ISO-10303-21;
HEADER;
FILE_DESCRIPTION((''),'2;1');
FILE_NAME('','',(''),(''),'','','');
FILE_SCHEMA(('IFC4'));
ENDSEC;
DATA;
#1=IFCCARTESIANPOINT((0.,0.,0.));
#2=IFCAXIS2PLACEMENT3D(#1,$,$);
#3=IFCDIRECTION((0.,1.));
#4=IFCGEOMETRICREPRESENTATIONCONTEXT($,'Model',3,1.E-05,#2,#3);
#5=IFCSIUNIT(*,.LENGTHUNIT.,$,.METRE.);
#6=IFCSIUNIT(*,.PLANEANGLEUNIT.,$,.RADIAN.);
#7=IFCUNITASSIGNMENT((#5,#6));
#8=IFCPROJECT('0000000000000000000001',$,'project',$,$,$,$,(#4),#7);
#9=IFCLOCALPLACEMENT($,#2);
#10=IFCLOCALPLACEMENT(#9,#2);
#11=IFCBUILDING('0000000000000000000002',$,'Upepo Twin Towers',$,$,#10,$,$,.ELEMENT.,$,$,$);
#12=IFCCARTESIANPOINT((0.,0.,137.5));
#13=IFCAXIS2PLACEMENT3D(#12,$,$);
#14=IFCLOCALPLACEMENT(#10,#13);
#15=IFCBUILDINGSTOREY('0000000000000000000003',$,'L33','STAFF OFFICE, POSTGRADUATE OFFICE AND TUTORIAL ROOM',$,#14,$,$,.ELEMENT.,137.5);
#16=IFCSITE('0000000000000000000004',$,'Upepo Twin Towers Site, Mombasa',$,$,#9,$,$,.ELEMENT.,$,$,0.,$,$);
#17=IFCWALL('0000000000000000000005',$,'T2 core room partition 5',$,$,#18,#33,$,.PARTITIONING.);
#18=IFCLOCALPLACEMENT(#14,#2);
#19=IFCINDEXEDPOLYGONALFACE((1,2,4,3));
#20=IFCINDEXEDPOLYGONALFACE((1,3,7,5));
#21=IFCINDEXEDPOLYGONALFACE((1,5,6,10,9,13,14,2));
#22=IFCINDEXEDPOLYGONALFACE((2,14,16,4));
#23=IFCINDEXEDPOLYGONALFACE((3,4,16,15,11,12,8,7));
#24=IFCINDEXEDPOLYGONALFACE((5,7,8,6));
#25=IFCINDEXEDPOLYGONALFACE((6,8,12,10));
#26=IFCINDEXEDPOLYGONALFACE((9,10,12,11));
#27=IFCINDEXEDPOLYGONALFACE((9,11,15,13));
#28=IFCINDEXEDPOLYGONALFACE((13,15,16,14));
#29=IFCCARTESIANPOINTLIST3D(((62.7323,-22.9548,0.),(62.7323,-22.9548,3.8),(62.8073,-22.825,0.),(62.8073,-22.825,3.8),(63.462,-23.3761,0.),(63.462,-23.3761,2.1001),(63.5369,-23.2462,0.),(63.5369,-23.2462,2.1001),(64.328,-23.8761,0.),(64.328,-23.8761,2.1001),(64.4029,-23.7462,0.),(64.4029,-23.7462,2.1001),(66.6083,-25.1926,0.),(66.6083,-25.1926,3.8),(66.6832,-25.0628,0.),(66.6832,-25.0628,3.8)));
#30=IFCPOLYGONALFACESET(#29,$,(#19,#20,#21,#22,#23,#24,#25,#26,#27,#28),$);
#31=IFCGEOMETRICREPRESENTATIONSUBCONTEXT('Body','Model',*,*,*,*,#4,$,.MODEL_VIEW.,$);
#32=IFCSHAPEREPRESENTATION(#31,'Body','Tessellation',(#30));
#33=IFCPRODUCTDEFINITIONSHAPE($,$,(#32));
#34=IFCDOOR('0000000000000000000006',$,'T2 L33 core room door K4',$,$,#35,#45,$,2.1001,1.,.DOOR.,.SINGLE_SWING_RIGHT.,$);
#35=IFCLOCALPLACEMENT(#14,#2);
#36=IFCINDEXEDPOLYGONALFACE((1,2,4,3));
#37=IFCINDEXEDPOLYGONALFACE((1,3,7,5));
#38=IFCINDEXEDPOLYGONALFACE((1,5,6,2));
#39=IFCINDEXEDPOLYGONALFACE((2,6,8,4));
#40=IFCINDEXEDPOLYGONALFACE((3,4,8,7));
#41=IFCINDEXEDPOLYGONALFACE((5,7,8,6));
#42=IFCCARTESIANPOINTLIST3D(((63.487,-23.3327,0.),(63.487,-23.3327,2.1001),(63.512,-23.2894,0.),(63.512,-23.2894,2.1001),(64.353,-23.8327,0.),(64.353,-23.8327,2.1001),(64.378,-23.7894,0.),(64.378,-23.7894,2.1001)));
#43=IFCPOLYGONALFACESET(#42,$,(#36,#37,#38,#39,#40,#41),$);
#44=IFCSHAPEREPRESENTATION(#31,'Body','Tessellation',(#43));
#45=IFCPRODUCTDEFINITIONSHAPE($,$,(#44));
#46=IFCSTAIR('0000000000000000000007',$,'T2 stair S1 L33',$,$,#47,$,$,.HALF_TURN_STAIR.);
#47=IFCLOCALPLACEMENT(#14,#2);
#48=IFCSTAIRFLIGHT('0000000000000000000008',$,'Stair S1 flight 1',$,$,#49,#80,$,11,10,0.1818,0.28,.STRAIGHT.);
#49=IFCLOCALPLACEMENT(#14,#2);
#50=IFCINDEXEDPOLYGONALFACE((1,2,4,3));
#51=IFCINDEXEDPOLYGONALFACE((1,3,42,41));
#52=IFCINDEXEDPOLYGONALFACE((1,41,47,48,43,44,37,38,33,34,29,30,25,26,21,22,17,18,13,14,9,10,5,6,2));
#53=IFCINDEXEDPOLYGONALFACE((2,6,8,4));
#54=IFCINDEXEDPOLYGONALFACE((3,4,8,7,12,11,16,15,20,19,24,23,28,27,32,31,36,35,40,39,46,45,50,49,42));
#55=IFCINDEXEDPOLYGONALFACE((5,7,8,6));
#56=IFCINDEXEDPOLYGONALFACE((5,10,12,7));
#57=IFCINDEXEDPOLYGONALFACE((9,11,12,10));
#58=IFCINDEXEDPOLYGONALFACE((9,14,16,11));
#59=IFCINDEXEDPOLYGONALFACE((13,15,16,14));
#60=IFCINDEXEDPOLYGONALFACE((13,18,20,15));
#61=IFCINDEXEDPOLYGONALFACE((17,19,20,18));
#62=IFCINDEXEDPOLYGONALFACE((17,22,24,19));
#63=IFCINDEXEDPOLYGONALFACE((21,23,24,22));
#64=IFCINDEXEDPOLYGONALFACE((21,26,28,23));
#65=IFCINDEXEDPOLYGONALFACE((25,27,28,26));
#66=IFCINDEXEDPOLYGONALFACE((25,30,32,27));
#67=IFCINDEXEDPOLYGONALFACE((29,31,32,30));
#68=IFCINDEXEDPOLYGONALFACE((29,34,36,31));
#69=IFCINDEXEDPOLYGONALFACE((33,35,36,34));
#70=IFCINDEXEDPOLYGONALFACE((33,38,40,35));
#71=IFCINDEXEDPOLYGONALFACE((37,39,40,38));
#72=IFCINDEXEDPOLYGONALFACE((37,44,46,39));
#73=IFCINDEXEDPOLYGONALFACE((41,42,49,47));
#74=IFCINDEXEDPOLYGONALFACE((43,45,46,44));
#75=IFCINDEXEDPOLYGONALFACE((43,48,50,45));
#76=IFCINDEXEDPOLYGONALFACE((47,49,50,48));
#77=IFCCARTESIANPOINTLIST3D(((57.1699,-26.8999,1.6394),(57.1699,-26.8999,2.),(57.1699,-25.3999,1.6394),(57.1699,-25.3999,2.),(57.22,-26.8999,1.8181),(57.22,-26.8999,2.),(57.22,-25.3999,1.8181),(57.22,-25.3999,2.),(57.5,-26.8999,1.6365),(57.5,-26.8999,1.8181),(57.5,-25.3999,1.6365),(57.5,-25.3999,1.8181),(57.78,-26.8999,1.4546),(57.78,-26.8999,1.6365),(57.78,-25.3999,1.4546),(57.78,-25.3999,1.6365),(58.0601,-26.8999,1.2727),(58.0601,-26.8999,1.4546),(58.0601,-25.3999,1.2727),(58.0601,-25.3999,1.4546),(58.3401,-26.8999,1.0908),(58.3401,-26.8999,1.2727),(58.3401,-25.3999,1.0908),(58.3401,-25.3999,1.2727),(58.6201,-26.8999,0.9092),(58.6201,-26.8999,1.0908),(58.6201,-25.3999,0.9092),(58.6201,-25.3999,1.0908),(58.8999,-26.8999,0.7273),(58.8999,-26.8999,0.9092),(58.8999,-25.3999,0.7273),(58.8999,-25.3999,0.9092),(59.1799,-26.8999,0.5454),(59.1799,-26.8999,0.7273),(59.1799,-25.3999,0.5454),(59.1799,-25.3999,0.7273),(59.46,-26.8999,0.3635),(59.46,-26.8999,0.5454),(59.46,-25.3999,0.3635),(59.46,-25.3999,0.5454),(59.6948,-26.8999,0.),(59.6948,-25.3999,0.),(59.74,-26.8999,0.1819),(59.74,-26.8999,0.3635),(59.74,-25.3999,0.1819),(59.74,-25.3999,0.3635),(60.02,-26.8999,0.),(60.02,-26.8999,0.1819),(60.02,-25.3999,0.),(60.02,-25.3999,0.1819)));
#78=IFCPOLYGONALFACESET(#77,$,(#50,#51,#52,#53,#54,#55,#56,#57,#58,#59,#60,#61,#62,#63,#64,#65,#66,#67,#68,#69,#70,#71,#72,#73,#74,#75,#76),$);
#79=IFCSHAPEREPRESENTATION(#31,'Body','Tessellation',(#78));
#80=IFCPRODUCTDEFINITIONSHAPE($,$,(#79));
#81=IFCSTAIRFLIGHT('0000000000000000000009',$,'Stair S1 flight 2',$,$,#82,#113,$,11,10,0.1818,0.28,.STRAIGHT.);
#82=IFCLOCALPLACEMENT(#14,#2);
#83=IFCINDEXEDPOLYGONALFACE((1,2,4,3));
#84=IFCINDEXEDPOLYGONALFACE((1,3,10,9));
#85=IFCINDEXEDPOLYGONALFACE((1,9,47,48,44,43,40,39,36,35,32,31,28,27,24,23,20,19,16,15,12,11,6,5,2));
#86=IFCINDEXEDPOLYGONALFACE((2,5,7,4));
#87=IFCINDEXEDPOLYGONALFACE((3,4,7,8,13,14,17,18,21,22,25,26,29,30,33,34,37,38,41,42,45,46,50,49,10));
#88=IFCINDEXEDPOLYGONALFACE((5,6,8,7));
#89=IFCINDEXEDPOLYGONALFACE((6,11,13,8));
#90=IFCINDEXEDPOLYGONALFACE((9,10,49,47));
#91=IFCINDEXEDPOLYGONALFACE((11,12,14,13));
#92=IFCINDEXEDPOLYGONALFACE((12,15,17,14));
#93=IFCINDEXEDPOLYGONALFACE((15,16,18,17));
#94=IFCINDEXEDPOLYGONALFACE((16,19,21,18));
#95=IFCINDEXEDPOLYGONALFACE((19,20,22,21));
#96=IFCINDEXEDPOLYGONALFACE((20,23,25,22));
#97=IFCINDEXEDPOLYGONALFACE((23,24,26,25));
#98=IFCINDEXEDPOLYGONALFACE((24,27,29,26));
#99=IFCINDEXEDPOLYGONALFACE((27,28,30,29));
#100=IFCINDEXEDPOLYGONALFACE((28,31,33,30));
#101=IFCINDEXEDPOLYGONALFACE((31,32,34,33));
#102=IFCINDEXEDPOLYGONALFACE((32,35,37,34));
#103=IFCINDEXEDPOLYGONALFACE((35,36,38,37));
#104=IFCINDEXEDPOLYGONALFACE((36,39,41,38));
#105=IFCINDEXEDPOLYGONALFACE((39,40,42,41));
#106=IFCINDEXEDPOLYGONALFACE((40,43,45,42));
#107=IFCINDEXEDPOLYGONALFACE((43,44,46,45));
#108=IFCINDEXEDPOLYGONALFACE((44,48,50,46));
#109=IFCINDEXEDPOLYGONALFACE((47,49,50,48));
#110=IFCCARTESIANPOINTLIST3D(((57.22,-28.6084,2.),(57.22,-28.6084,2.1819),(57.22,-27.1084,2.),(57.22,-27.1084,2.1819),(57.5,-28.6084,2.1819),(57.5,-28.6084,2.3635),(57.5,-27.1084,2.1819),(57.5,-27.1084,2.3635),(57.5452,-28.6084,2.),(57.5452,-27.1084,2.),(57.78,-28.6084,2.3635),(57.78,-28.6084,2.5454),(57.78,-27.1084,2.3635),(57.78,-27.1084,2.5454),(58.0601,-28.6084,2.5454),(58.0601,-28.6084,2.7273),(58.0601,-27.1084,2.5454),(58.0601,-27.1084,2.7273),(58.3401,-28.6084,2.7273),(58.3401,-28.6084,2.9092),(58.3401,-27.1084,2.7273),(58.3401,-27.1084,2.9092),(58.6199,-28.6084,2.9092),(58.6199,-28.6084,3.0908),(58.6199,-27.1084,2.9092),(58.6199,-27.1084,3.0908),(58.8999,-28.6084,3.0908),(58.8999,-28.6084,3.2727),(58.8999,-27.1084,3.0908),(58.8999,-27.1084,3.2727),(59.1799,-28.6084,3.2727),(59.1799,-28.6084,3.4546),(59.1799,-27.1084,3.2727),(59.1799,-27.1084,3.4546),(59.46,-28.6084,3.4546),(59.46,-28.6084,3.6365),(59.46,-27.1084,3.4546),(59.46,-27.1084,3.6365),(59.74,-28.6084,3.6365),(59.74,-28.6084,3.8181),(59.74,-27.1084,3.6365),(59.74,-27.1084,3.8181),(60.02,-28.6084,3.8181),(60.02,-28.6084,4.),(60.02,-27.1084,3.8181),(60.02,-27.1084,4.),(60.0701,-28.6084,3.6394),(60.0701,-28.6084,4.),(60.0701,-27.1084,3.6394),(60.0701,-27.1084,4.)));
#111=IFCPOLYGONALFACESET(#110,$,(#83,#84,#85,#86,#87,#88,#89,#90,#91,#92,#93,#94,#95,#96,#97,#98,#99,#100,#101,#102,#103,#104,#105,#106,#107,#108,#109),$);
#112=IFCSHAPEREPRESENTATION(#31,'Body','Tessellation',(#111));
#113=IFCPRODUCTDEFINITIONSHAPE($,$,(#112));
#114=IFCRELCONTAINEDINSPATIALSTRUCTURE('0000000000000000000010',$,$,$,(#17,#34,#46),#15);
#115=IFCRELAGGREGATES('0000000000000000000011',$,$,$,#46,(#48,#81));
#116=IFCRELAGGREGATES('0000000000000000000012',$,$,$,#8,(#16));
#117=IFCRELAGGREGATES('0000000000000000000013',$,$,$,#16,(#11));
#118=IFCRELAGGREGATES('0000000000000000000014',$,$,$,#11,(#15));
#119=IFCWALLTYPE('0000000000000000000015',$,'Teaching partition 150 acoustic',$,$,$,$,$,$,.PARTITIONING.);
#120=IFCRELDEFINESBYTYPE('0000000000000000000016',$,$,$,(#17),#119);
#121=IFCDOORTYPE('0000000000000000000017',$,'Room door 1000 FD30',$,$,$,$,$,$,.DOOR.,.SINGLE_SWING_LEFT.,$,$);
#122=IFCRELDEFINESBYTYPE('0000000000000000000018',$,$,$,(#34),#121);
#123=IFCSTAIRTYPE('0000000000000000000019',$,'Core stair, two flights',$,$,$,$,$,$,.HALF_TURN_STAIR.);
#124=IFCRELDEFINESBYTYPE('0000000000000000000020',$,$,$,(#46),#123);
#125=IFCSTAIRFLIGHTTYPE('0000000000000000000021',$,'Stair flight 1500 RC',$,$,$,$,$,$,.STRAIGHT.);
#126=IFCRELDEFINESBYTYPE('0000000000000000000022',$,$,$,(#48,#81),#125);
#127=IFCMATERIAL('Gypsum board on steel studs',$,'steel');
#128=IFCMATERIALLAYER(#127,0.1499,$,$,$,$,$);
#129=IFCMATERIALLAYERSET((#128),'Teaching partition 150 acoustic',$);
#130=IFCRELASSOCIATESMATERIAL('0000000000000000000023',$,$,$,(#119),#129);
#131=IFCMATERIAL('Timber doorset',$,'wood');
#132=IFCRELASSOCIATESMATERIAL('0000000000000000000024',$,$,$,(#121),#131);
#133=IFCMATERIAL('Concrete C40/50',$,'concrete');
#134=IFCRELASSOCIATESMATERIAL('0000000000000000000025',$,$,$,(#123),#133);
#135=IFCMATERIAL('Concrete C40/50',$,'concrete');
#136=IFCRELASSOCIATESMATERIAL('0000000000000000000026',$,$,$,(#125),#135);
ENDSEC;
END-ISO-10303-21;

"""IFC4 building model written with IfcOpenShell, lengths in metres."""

from ifc_helpers import new_model, si_unit, direction, frame, frame_2d, origin, place, context, subcontext, project, spatial, polyline, rectangle, outline, extrude, material, layer, layer_set, type_object, element, fill, aggregate, save


model = new_model("IFC4")

# Units and contexts
model_context = context("Model", 3, precision=1e-05, world=origin(), true_north=direction((0.0, 1.0)))
body_context = subcontext(model_context, "Body", "Model", "MODEL_VIEW")
ifc_project = project(units=[si_unit("LENGTHUNIT", "METRE"), si_unit("PLANEANGLEUNIT", "RADIAN")], contexts=[model_context])

# Site, building, storey
site_placement = place(None, origin())
site = spatial("IfcSite", under=ifc_project, at=site_placement, Name="Upepo Twin Towers Site, Mombasa", CompositionType="ELEMENT", RefElevation=0.0)
building_placement = place(site_placement, origin())
building = spatial("IfcBuilding", under=site, at=building_placement, Name="Upepo Twin Towers", CompositionType="ELEMENT")
storey_placement = place(building_placement, frame((0.0, 0.0, 137.5)))
storey = spatial("IfcBuildingStorey", under=building, at=storey_placement, Name="L33", Description="STAFF OFFICE, POSTGRADUATE OFFICE AND TUTORIAL ROOM", CompositionType="ELEMENT", Elevation=137.5)

# Wall, opening, door
ifc_material_1 = material(Name="Gypsum board on steel studs", Category="steel")
ifc_layer_1 = layer(ifc_material_1, 0.1499)
ifc_layer_set_1 = layer_set([ifc_layer_1], Name="Teaching partition 150 acoustic")
wall_type_1 = type_object("IfcWallType", Name="Teaching partition 150 acoustic", PredefinedType="PARTITIONING", material=ifc_layer_set_1)
ifc_material_2 = material(Name="Timber doorset", Category="wood")
door_type_1 = type_object("IfcDoorType", Name="Room door 1000 FD30", OperationType="SINGLE_SWING_LEFT", PredefinedType="DOOR", material=ifc_material_2)
wall_1_placement = place(storey_placement, frame((66.6458, -25.1277, 0.0), z_axis=(0.0, 0.0, 1.0), x_axis=(-0.866026, 0.499999, 0.0)))
wall_1 = element("IfcWall", 1, at=wall_1_placement, inside=storey, type_object=wall_type_1, Name="T2 core room partition 5", PredefinedType="PARTITIONING", context=body_context, shape_type="SweptSolid", body=[
    extrude(rectangle(XDim=4.4756, YDim=0.1499, at=frame_2d((2.2378, 0.0))), origin(), (0.0, 0.0, 1.0), 3.8),
])
opening_1_placement = place(wall_1_placement, frame((2.6331, 0.0, 0.0)))
opening_1 = element("IfcOpeningElement", 2, at=opening_1_placement, cuts=wall_1, PredefinedType="OPENING", context=body_context, shape_type="SweptSolid", body=[
    extrude(rectangle(XDim=1.0, YDim=2.1001, at=frame_2d((0.5, 1.05))), frame((0.0, 0.085, 0.0), z_axis=(0.0, -1.0, 0.0), x_axis=(1.0, 0.0, 0.0)), (0.0, 0.0, 1.0), 0.1699),
])
door_1_placement = place(opening_1_placement, origin())
door_1 = element("IfcDoor", 3, at=door_1_placement, inside=storey, type_object=door_type_1, Name="T2 L33 core room door K4", OperationType="SINGLE_SWING_RIGHT", OverallHeight=2.1001, OverallWidth=1.0, PredefinedType="DOOR", context=body_context, shape_type="SweptSolid", body=[
    extrude(rectangle(XDim=1.0, YDim=2.1001, at=frame_2d((0.5, 1.05))), frame((0.0, 0.0249, 0.0), z_axis=(0.0, -1.0, 0.0), x_axis=(1.0, 0.0, 0.0)), (0.0, 0.0, 1.0), 0.05),
])
fill(opening_1, door_1)

# Stair, stair flights
ifc_material_3 = material(Name="Concrete C40/50", Category="concrete")
stair_type = type_object("IfcStairType", Name="Core stair, two flights", PredefinedType="HALF_TURN_STAIR", material=ifc_material_3)
stair_placement = place(storey_placement, origin())
stair = element("IfcStair", 4, at=stair_placement, inside=storey, type_object=stair_type, Name="T2 stair S1 L33", PredefinedType="HALF_TURN_STAIR")
ifc_material_4 = material(Name="Concrete C40/50", Category="concrete")
stair_flight_type = type_object("IfcStairFlightType", Name="Stair flight 1500 RC", PredefinedType="STRAIGHT", material=ifc_material_4)
stair_flight_1_placement = place(storey_placement, frame((60.02, -26.1499, 0.0), z_axis=(0.0, 0.0, 1.0), x_axis=(-1.0, 0.0, 0.0)))
stair_flight_1 = element("IfcStairFlight", 5, at=stair_flight_1_placement, type_object=stair_flight_type, Name="Stair S1 flight 1", NumberOfRisers=11, NumberOfTreads=10, PredefinedType="STRAIGHT", RiserHeight=0.1818, TreadLength=0.28, context=body_context, shape_type="SweptSolid", body=[
    extrude(outline(polyline([(0.0, 0.0), (0.0, 0.1819), (0.28, 0.1819), (0.28, 0.3635), (0.5601, 0.3635), (0.5601, 0.5454), (0.8401, 0.5454), (0.8401, 0.7273), (1.1201, 0.7273), (1.1201, 0.9092), (1.3999, 0.9092), (1.3999, 1.0908), (1.6799, 1.0908), (1.6799, 1.2727), (1.96, 1.2727), (1.96, 1.4546), (2.24, 1.4546), (2.24, 1.6365), (2.52, 1.6365), (2.52, 1.8181), (2.8, 1.8181), (2.8, 2.0), (2.8501, 2.0), (2.8501, 1.6394), (0.3252, 0.0), (0.0, 0.0)])), frame((0.0, 0.75, 0.0), z_axis=(0.0, -1.0, 0.0), x_axis=(1.0, 0.0, 0.0)), (0.0, 0.0, 1.0), 1.5),
])
stair_flight_2_placement = place(storey_placement, frame((57.22, -27.8584, 2.0), z_axis=(0.0, 0.0, 1.0), x_axis=(1.0, 0.0, 0.0)))
stair_flight_2 = element("IfcStairFlight", 6, at=stair_flight_2_placement, type_object=stair_flight_type, Name="Stair S1 flight 2", NumberOfRisers=11, NumberOfTreads=10, PredefinedType="STRAIGHT", RiserHeight=0.1818, TreadLength=0.28, context=body_context, shape_type="SweptSolid", body=[
    extrude(outline(polyline([(0.0, 0.0), (0.0, 0.1819), (0.28, 0.1819), (0.28, 0.3635), (0.5601, 0.3635), (0.5601, 0.5454), (0.8401, 0.5454), (0.8401, 0.7273), (1.1201, 0.7273), (1.1201, 0.9092), (1.3999, 0.9092), (1.3999, 1.0908), (1.6799, 1.0908), (1.6799, 1.2727), (1.96, 1.2727), (1.96, 1.4546), (2.24, 1.4546), (2.24, 1.6365), (2.52, 1.6365), (2.52, 1.8181), (2.8, 1.8181), (2.8, 2.0), (2.8501, 2.0), (2.8501, 1.6394), (0.3252, 0.0), (0.0, 0.0)])), frame((0.0, 0.75, 0.0), z_axis=(0.0, -1.0, 0.0), x_axis=(1.0, 0.0, 0.0)), (0.0, 0.0, 1.0), 1.5),
])
aggregate(stair, [stair_flight_1, stair_flight_2])

save(model, "model.ifc")
